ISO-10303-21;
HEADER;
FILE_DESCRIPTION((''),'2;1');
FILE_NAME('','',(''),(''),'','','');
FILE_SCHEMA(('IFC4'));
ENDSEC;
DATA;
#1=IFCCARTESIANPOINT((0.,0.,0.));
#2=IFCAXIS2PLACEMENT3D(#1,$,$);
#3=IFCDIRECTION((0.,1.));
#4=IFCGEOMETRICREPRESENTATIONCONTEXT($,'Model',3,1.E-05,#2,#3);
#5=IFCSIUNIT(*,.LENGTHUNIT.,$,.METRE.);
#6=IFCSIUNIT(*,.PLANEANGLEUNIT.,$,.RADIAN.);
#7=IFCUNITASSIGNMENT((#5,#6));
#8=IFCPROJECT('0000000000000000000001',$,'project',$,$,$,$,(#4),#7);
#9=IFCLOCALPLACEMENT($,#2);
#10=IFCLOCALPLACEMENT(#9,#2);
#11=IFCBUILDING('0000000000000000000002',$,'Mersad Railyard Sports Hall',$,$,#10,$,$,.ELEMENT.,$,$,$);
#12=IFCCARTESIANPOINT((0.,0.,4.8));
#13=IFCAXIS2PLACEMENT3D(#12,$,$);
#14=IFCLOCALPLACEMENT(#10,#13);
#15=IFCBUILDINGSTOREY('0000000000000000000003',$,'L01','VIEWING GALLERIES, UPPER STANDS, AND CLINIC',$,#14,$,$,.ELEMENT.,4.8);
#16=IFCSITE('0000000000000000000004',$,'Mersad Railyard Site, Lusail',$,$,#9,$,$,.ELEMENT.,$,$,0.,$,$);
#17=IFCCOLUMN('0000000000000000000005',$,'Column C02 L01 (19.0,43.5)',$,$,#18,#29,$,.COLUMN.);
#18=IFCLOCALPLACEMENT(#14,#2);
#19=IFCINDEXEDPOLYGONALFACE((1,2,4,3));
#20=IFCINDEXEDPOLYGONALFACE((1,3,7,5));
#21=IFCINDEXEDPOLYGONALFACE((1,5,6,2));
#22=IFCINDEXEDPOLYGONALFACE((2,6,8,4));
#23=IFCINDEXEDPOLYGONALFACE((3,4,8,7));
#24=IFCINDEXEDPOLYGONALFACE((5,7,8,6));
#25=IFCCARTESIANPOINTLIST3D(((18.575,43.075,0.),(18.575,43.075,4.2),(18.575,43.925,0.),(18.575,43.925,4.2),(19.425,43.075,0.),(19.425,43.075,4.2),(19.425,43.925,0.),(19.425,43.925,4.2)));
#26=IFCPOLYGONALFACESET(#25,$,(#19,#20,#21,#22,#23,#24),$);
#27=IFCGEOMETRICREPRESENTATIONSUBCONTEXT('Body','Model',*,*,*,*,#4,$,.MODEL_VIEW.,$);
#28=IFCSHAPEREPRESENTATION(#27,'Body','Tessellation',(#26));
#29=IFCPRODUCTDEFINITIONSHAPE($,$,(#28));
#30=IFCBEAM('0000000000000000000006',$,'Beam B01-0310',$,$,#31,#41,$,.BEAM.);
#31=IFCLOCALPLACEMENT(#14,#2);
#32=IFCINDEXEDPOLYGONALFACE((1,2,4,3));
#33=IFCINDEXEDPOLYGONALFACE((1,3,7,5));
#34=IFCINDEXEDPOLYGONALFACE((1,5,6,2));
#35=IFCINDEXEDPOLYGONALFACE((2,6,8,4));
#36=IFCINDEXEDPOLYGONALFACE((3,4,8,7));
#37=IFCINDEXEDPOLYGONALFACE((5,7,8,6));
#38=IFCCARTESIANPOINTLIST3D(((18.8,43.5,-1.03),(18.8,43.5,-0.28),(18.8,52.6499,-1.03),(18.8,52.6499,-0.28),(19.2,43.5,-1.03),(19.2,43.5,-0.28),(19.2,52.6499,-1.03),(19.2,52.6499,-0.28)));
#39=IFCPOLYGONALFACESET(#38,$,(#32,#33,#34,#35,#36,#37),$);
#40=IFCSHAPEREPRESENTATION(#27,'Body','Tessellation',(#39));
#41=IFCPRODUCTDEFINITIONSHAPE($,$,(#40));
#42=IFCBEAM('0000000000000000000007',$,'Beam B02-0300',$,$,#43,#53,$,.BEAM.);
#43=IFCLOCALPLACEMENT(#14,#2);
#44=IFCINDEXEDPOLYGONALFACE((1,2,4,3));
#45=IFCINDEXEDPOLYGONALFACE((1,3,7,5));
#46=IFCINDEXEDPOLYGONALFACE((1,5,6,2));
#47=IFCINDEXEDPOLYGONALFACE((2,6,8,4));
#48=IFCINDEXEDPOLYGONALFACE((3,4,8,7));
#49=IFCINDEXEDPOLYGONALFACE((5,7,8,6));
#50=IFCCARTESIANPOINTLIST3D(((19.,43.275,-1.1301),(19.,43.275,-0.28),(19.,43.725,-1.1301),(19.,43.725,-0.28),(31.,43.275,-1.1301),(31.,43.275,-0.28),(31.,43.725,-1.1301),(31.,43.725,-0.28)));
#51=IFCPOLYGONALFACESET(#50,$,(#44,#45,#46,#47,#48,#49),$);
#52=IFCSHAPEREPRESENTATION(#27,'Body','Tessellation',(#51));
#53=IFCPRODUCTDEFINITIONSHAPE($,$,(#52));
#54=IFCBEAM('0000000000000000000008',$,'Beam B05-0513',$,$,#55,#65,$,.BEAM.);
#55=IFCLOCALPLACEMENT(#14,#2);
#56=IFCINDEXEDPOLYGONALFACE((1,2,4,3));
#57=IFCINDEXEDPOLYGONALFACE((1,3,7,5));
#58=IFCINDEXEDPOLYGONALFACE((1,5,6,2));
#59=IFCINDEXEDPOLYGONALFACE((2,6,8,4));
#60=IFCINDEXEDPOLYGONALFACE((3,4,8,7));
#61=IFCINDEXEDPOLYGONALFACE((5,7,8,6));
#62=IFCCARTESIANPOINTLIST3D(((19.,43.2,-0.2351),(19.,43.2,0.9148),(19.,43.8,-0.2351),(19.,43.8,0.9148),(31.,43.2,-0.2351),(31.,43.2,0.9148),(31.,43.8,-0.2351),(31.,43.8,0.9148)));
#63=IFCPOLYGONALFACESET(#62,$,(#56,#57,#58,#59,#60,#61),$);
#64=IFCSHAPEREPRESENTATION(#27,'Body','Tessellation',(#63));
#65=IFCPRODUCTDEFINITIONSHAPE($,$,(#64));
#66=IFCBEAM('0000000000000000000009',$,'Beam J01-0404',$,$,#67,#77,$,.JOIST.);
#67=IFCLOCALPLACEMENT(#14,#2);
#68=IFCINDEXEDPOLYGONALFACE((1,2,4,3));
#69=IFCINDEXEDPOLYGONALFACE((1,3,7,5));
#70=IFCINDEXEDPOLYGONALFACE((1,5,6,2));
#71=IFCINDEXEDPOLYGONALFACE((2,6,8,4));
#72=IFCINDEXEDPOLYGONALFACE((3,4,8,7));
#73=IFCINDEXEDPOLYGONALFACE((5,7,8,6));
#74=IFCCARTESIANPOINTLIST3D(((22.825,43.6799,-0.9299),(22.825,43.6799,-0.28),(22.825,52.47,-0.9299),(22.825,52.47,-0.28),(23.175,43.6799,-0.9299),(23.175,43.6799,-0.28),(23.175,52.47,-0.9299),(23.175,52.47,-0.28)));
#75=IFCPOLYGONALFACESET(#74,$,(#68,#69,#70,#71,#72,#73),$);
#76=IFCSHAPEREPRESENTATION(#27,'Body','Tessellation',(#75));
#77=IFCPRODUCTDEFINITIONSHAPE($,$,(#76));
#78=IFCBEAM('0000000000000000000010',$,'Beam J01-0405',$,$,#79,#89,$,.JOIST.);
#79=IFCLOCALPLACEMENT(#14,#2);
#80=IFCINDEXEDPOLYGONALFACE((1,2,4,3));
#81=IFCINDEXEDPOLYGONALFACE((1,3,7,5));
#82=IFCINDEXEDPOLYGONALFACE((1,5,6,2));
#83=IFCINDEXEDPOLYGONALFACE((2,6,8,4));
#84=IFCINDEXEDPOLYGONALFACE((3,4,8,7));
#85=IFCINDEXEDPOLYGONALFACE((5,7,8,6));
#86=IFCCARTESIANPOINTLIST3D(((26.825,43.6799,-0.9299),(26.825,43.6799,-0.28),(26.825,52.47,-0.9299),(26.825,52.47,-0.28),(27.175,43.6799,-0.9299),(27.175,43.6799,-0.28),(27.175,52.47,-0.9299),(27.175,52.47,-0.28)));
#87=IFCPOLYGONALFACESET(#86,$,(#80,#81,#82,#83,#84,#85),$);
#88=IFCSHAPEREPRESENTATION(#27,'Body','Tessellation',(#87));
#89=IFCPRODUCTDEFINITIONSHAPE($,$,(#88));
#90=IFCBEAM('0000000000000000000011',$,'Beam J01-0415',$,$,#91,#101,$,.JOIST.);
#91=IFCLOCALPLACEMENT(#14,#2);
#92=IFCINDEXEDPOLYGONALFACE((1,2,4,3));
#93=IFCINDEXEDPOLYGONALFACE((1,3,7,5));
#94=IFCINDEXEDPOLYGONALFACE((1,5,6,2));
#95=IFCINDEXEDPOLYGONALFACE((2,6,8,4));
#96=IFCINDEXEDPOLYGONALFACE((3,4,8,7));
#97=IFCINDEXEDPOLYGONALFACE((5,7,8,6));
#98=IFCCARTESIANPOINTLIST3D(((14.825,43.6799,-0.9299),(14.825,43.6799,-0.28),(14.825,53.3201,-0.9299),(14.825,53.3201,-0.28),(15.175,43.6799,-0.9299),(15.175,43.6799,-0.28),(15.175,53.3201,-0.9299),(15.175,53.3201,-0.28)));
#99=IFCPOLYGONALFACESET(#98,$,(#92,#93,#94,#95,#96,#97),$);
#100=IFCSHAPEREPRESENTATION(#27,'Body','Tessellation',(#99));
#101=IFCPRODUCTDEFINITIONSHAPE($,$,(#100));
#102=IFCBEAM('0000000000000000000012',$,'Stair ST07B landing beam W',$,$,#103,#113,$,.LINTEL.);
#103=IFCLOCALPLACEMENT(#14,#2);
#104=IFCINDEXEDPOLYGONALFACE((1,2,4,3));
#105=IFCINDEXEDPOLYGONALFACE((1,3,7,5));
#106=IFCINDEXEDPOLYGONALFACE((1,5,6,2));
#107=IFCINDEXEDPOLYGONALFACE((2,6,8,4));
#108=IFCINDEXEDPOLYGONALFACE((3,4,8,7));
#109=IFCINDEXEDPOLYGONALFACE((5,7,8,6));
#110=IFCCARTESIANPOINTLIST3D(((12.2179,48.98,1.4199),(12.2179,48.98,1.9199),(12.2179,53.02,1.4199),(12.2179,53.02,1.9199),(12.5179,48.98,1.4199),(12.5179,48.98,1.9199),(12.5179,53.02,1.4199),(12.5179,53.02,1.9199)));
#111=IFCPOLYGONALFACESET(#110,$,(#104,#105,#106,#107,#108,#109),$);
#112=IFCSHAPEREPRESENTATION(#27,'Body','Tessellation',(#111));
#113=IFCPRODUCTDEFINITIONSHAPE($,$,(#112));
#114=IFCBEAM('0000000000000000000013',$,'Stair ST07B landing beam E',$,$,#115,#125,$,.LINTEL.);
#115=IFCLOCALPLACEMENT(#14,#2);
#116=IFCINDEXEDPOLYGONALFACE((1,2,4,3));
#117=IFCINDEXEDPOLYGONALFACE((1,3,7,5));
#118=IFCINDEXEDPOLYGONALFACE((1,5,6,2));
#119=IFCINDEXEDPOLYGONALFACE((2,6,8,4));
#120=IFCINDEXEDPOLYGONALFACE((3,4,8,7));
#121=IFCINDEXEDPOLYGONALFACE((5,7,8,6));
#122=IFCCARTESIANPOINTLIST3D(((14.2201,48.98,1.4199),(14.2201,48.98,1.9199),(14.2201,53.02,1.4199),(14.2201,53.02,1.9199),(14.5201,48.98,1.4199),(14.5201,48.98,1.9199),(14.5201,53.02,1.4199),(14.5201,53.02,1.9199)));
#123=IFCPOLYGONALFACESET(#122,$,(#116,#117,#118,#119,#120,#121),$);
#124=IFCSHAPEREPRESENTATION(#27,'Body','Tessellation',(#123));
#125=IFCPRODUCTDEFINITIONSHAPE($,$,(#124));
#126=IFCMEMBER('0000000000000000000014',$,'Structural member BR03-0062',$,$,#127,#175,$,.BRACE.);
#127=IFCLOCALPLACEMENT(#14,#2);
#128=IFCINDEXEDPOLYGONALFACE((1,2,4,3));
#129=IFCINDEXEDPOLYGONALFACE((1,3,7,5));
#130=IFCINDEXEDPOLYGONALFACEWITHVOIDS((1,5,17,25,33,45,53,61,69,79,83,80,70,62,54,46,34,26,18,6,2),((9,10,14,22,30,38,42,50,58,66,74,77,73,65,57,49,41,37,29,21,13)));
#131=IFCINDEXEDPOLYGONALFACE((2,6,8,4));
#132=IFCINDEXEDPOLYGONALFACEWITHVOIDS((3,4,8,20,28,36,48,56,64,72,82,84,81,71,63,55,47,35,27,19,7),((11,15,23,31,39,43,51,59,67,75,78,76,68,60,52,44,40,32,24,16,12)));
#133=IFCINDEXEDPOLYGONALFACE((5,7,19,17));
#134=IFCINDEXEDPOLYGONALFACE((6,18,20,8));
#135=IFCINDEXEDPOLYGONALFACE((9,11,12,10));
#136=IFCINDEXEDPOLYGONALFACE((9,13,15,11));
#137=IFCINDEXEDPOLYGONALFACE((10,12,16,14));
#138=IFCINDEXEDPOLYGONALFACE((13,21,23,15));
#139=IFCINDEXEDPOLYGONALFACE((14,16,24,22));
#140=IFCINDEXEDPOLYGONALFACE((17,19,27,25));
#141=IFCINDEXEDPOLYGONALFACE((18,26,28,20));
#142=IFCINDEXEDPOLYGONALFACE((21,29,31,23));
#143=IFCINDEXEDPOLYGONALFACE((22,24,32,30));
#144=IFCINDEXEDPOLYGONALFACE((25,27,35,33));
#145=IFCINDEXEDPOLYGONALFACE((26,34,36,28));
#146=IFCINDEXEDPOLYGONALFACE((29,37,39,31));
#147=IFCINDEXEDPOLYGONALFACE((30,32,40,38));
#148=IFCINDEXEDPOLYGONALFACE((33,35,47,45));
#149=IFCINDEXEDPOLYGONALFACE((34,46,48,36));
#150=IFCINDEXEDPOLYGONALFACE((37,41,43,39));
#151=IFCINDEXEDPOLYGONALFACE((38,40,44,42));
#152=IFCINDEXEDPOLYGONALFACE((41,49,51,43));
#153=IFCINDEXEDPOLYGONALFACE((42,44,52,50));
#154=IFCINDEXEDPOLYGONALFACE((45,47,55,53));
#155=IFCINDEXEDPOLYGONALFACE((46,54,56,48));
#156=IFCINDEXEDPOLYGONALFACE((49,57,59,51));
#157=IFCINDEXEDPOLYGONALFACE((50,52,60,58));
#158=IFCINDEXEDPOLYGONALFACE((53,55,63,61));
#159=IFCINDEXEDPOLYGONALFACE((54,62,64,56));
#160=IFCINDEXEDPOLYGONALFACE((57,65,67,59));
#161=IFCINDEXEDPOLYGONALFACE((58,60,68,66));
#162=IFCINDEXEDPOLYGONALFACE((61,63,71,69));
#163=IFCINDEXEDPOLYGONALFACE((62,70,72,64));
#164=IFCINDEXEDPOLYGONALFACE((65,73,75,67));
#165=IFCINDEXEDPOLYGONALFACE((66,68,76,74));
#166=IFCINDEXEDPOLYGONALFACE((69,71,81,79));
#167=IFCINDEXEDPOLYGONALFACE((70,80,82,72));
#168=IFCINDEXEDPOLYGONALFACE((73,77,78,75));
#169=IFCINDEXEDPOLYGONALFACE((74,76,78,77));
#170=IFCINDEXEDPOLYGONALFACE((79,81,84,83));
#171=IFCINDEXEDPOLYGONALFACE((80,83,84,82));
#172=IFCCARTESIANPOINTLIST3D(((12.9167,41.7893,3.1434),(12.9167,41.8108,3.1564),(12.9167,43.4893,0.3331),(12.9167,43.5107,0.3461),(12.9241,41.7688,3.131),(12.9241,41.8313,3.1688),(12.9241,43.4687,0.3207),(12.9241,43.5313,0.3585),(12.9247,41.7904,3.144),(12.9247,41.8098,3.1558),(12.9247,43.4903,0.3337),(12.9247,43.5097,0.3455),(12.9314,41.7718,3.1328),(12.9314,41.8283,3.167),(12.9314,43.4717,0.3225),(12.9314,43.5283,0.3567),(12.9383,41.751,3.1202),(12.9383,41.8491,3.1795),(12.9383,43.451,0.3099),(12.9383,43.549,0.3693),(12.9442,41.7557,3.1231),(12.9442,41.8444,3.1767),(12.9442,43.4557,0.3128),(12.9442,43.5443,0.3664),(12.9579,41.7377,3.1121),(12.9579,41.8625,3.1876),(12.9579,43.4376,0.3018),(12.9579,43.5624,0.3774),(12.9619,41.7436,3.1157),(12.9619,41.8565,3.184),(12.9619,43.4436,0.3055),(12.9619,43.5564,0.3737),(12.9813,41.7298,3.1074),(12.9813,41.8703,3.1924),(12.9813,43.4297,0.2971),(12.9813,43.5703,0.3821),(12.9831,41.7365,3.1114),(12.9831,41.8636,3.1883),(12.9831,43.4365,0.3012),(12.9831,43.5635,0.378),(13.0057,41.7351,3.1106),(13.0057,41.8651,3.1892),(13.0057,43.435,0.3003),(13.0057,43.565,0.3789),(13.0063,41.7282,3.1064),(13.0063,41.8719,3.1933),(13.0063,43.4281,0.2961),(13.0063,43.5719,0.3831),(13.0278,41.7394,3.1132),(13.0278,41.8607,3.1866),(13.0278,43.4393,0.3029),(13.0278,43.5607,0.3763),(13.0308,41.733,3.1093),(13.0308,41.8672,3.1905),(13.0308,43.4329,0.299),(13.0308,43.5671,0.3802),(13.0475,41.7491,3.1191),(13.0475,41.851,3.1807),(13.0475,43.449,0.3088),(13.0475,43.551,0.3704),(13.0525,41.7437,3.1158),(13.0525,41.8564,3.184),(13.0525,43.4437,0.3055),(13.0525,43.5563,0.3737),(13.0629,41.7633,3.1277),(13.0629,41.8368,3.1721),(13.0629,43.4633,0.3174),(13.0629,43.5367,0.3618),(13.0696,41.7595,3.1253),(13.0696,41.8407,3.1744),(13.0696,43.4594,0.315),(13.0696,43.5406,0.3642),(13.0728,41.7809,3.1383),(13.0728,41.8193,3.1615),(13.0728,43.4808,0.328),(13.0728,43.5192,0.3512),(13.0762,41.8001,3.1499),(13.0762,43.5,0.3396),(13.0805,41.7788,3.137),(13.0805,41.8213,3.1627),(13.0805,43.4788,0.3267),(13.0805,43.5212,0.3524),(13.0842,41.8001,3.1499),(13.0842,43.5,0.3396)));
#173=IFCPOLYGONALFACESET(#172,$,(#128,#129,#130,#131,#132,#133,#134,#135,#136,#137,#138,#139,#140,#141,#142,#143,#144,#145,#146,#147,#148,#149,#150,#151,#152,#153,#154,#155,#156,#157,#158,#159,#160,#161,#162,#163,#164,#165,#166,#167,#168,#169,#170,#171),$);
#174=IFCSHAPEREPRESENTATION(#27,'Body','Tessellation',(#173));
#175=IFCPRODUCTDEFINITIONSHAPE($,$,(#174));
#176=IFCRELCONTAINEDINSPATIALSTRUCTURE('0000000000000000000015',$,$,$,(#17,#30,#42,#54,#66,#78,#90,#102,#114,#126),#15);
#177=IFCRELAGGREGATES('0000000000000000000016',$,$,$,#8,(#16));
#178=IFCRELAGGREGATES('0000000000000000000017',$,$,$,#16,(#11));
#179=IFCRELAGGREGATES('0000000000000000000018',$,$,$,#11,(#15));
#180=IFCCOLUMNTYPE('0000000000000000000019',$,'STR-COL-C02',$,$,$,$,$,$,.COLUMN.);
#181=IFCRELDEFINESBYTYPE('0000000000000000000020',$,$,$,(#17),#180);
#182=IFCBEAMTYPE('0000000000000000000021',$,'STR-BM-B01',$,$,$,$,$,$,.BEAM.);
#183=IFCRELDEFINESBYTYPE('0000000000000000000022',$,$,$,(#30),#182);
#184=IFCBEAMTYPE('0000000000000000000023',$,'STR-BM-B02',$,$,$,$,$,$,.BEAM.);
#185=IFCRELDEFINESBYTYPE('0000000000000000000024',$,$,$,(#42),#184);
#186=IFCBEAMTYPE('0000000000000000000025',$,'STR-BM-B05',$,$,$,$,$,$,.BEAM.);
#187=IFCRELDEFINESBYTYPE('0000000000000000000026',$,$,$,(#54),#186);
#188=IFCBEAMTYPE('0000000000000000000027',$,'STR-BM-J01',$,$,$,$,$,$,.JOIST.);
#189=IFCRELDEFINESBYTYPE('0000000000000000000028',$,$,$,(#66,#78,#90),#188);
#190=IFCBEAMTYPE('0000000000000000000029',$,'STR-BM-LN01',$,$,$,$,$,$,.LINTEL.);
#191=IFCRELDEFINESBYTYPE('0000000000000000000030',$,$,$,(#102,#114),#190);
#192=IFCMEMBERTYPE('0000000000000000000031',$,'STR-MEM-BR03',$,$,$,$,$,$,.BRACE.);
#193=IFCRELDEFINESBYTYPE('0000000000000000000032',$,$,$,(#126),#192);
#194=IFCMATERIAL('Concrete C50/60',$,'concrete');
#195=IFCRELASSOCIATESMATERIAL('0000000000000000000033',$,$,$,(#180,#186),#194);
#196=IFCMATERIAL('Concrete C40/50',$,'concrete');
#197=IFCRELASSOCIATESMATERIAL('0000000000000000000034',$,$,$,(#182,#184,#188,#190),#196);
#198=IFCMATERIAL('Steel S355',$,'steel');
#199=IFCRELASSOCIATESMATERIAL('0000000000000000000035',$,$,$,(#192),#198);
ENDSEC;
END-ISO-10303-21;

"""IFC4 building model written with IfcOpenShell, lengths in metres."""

from ifc_helpers import new_model, si_unit, direction, frame, origin, origin_2d, place, context, subcontext, project, spatial, rectangle, hollow_circle, extrude, material, material_profile, profile_set, type_object, element, save


model = new_model("IFC4")

# Units and contexts
model_context = context("Model", 3, precision=1e-05, world=origin(), true_north=direction((0.0, 1.0)))
body_context = subcontext(model_context, "Body", "Model", "MODEL_VIEW")
ifc_project = project(units=[si_unit("LENGTHUNIT", "METRE"), si_unit("PLANEANGLEUNIT", "RADIAN")], contexts=[model_context])

# Site, building, storey
site_placement = place(None, origin())
site = spatial("IfcSite", under=ifc_project, at=site_placement, Name="Mersad Railyard Site, Lusail", CompositionType="ELEMENT", RefElevation=0.0)
building_placement = place(site_placement, origin())
building = spatial("IfcBuilding", under=site, at=building_placement, Name="Mersad Railyard Sports Hall", CompositionType="ELEMENT")
storey_placement = place(building_placement, frame((0.0, 0.0, 4.8)))
storey = spatial("IfcBuildingStorey", under=building, at=storey_placement, Name="L01", Description="VIEWING GALLERIES, UPPER STANDS, AND CLINIC", CompositionType="ELEMENT", Elevation=4.8)

# Column
ifc_material_1 = material(Name="Concrete C50/60", Category="concrete")
ifc_material_profile_1 = material_profile(ifc_material_1, rectangle(XDim=0.8501, YDim=0.8501, at=origin_2d()), Name="RC 850x850")
ifc_profile_set_1 = profile_set([ifc_material_profile_1], Name="Concrete C50/60")
column_type = type_object("IfcColumnType", Name="STR-COL-C02", PredefinedType="COLUMN", material=ifc_profile_set_1)
column_placement = place(storey_placement, frame((19.0, 43.5, 0.0), z_axis=(0.0, 0.0, 1.0), x_axis=(1.0, 0.0, 0.0)))
element("IfcColumn", 1, at=column_placement, inside=storey, type_object=column_type, Name="Column C02 L01 (19.0,43.5)", PredefinedType="COLUMN", context=body_context, shape_type="SweptSolid", body=[
    extrude(rectangle(XDim=0.8501, YDim=0.8501, at=origin_2d()), origin(), (0.0, 0.0, 1.0), 4.2),
])

# Beams
ifc_material_2 = material(Name="Concrete C40/50", Category="concrete")
ifc_material_profile_2 = material_profile(ifc_material_2, rectangle(XDim=0.3999, YDim=0.75, at=origin_2d()), Name="RC 400x750")
ifc_profile_set_2 = profile_set([ifc_material_profile_2], Name="Concrete C40/50")
beam_type_1 = type_object("IfcBeamType", Name="STR-BM-B01", PredefinedType="BEAM", material=ifc_profile_set_2)
beam_1_placement = place(storey_placement, frame((19.0, 43.5, -0.655), z_axis=(0.0, 1.0, 0.0), x_axis=(-1.0, 0.0, 0.0)))
element("IfcBeam", 2, at=beam_1_placement, inside=storey, type_object=beam_type_1, Name="Beam B01-0310", PredefinedType="BEAM", context=body_context, shape_type="SweptSolid", body=[
    extrude(rectangle(XDim=0.3999, YDim=0.75, at=origin_2d()), origin(), (0.0, 0.0, 1.0), 9.1499),
])
ifc_material_profile_3 = material_profile(ifc_material_2, rectangle(XDim=0.45, YDim=0.8501, at=origin_2d()), Name="RC 450x850")
ifc_profile_set_3 = profile_set([ifc_material_profile_3], Name="Concrete C40/50")
beam_type_2 = type_object("IfcBeamType", Name="STR-BM-B02", PredefinedType="BEAM", material=ifc_profile_set_3)
beam_2_placement = place(storey_placement, frame((19.0, 43.5, -0.7051), z_axis=(1.0, 0.0, 0.0), x_axis=(0.0, 1.0, 0.0)))
element("IfcBeam", 3, at=beam_2_placement, inside=storey, type_object=beam_type_2, Name="Beam B02-0300", PredefinedType="BEAM", context=body_context, shape_type="SweptSolid", body=[
    extrude(rectangle(XDim=0.45, YDim=0.8501, at=origin_2d()), origin(), (0.0, 0.0, 1.0), 12.0),
])
ifc_material_profile_4 = material_profile(ifc_material_1, rectangle(XDim=0.6001, YDim=1.1499, at=origin_2d()), Name="RC 600x1150")
ifc_profile_set_4 = profile_set([ifc_material_profile_4], Name="Concrete C50/60")
beam_type_3 = type_object("IfcBeamType", Name="STR-BM-B05", PredefinedType="BEAM", material=ifc_profile_set_4)
beam_3_placement = place(storey_placement, frame((19.0, 43.5, 0.3398), z_axis=(1.0, 0.0, 0.0), x_axis=(0.0, 1.0, 0.0)))
element("IfcBeam", 4, at=beam_3_placement, inside=storey, type_object=beam_type_3, Name="Beam B05-0513", PredefinedType="BEAM", context=body_context, shape_type="SweptSolid", body=[
    extrude(rectangle(XDim=0.6001, YDim=1.1499, at=origin_2d()), origin(), (0.0, 0.0, 1.0), 12.0),
])
ifc_material_profile_5 = material_profile(ifc_material_2, rectangle(XDim=0.3501, YDim=0.6499, at=origin_2d()), Name="RC 350x650")
ifc_profile_set_5 = profile_set([ifc_material_profile_5], Name="Concrete C40/50")
beam_type_4 = type_object("IfcBeamType", Name="STR-BM-J01", PredefinedType="JOIST", material=ifc_profile_set_5)
for number, where, z_axis, x_axis, name in (
    (5, (23.0, 43.6799, -0.605), (0.0, 1.0, 0.0), (-1.0, 0.0, 0.0), "Beam J01-0404"),
    (6, (27.0, 43.6799, -0.605), (0.0, 1.0, 0.0), (-1.0, 0.0, 0.0), "Beam J01-0405"),
):
    element("IfcBeam", number, at=place(storey_placement, frame(where, z_axis=z_axis, x_axis=x_axis)), inside=storey, type_object=beam_type_4, Name=name, PredefinedType="JOIST", context=body_context, shape_type="SweptSolid", body=[
        extrude(rectangle(XDim=0.3501, YDim=0.6499, at=origin_2d()), origin(), (0.0, 0.0, 1.0), 8.79),
    ])
beam_4_placement = place(storey_placement, frame((15.0, 43.6799, -0.605), z_axis=(0.0, 1.0, 0.0), x_axis=(-1.0, 0.0, 0.0)))
element("IfcBeam", 7, at=beam_4_placement, inside=storey, type_object=beam_type_4, Name="Beam J01-0415", PredefinedType="JOIST", context=body_context, shape_type="SweptSolid", body=[
    extrude(rectangle(XDim=0.3501, YDim=0.6499, at=origin_2d()), origin(), (0.0, 0.0, 1.0), 9.6401),
])
ifc_material_profile_6 = material_profile(ifc_material_2, rectangle(XDim=0.3, YDim=0.5, at=origin_2d()), Name="RC 300x500")
ifc_profile_set_6 = profile_set([ifc_material_profile_6], Name="Concrete C40/50")
beam_type_5 = type_object("IfcBeamType", Name="STR-BM-LN01", PredefinedType="LINTEL", material=ifc_profile_set_6)
for number, where, z_axis, x_axis, name in (
    (8, (12.3679, 48.98, 1.6699), (0.0, 1.0, 0.0), (-1.0, 0.0, 0.0), "Stair ST07B landing beam W"),
    (9, (14.3701, 48.98, 1.6699), (0.0, 1.0, 0.0), (-1.0, 0.0, 0.0), "Stair ST07B landing beam E"),
):
    element("IfcBeam", number, at=place(storey_placement, frame(where, z_axis=z_axis, x_axis=x_axis)), inside=storey, type_object=beam_type_5, Name=name, PredefinedType="LINTEL", context=body_context, shape_type="SweptSolid", body=[
        extrude(rectangle(XDim=0.3, YDim=0.5, at=origin_2d()), origin(), (0.0, 0.0, 1.0), 4.04),
    ])

# Member
ifc_material_3 = material(Name="Steel S355", Category="steel")
ifc_material_profile_7 = material_profile(ifc_material_3, hollow_circle(Radius=0.0842, WallThickness=0.0081, at=origin_2d()), Name="CHS 168.3x8")
ifc_profile_set_7 = profile_set([ifc_material_profile_7], Name="Steel S355")
member_type = type_object("IfcMemberType", Name="STR-MEM-BR03", PredefinedType="BRACE", material=ifc_profile_set_7)
for number, where, z_axis, x_axis, name in (
    (10, (13.0, 43.5, 0.3396), (0.0, -0.517575, 0.855638), (1.0, 0.0, 0.0), "Structural member BR03-0062"),
):
    element("IfcMember", number, at=place(storey_placement, frame(where, z_axis=z_axis, x_axis=x_axis)), inside=storey, type_object=member_type, Name=name, PredefinedType="BRACE", context=body_context, shape_type="SweptSolid", body=[
        extrude(hollow_circle(Radius=0.0842, WallThickness=0.0081, at=origin_2d()), origin(), (0.0, 0.0, 1.0), 3.2844),
    ])

save(model, "model.ifc")
